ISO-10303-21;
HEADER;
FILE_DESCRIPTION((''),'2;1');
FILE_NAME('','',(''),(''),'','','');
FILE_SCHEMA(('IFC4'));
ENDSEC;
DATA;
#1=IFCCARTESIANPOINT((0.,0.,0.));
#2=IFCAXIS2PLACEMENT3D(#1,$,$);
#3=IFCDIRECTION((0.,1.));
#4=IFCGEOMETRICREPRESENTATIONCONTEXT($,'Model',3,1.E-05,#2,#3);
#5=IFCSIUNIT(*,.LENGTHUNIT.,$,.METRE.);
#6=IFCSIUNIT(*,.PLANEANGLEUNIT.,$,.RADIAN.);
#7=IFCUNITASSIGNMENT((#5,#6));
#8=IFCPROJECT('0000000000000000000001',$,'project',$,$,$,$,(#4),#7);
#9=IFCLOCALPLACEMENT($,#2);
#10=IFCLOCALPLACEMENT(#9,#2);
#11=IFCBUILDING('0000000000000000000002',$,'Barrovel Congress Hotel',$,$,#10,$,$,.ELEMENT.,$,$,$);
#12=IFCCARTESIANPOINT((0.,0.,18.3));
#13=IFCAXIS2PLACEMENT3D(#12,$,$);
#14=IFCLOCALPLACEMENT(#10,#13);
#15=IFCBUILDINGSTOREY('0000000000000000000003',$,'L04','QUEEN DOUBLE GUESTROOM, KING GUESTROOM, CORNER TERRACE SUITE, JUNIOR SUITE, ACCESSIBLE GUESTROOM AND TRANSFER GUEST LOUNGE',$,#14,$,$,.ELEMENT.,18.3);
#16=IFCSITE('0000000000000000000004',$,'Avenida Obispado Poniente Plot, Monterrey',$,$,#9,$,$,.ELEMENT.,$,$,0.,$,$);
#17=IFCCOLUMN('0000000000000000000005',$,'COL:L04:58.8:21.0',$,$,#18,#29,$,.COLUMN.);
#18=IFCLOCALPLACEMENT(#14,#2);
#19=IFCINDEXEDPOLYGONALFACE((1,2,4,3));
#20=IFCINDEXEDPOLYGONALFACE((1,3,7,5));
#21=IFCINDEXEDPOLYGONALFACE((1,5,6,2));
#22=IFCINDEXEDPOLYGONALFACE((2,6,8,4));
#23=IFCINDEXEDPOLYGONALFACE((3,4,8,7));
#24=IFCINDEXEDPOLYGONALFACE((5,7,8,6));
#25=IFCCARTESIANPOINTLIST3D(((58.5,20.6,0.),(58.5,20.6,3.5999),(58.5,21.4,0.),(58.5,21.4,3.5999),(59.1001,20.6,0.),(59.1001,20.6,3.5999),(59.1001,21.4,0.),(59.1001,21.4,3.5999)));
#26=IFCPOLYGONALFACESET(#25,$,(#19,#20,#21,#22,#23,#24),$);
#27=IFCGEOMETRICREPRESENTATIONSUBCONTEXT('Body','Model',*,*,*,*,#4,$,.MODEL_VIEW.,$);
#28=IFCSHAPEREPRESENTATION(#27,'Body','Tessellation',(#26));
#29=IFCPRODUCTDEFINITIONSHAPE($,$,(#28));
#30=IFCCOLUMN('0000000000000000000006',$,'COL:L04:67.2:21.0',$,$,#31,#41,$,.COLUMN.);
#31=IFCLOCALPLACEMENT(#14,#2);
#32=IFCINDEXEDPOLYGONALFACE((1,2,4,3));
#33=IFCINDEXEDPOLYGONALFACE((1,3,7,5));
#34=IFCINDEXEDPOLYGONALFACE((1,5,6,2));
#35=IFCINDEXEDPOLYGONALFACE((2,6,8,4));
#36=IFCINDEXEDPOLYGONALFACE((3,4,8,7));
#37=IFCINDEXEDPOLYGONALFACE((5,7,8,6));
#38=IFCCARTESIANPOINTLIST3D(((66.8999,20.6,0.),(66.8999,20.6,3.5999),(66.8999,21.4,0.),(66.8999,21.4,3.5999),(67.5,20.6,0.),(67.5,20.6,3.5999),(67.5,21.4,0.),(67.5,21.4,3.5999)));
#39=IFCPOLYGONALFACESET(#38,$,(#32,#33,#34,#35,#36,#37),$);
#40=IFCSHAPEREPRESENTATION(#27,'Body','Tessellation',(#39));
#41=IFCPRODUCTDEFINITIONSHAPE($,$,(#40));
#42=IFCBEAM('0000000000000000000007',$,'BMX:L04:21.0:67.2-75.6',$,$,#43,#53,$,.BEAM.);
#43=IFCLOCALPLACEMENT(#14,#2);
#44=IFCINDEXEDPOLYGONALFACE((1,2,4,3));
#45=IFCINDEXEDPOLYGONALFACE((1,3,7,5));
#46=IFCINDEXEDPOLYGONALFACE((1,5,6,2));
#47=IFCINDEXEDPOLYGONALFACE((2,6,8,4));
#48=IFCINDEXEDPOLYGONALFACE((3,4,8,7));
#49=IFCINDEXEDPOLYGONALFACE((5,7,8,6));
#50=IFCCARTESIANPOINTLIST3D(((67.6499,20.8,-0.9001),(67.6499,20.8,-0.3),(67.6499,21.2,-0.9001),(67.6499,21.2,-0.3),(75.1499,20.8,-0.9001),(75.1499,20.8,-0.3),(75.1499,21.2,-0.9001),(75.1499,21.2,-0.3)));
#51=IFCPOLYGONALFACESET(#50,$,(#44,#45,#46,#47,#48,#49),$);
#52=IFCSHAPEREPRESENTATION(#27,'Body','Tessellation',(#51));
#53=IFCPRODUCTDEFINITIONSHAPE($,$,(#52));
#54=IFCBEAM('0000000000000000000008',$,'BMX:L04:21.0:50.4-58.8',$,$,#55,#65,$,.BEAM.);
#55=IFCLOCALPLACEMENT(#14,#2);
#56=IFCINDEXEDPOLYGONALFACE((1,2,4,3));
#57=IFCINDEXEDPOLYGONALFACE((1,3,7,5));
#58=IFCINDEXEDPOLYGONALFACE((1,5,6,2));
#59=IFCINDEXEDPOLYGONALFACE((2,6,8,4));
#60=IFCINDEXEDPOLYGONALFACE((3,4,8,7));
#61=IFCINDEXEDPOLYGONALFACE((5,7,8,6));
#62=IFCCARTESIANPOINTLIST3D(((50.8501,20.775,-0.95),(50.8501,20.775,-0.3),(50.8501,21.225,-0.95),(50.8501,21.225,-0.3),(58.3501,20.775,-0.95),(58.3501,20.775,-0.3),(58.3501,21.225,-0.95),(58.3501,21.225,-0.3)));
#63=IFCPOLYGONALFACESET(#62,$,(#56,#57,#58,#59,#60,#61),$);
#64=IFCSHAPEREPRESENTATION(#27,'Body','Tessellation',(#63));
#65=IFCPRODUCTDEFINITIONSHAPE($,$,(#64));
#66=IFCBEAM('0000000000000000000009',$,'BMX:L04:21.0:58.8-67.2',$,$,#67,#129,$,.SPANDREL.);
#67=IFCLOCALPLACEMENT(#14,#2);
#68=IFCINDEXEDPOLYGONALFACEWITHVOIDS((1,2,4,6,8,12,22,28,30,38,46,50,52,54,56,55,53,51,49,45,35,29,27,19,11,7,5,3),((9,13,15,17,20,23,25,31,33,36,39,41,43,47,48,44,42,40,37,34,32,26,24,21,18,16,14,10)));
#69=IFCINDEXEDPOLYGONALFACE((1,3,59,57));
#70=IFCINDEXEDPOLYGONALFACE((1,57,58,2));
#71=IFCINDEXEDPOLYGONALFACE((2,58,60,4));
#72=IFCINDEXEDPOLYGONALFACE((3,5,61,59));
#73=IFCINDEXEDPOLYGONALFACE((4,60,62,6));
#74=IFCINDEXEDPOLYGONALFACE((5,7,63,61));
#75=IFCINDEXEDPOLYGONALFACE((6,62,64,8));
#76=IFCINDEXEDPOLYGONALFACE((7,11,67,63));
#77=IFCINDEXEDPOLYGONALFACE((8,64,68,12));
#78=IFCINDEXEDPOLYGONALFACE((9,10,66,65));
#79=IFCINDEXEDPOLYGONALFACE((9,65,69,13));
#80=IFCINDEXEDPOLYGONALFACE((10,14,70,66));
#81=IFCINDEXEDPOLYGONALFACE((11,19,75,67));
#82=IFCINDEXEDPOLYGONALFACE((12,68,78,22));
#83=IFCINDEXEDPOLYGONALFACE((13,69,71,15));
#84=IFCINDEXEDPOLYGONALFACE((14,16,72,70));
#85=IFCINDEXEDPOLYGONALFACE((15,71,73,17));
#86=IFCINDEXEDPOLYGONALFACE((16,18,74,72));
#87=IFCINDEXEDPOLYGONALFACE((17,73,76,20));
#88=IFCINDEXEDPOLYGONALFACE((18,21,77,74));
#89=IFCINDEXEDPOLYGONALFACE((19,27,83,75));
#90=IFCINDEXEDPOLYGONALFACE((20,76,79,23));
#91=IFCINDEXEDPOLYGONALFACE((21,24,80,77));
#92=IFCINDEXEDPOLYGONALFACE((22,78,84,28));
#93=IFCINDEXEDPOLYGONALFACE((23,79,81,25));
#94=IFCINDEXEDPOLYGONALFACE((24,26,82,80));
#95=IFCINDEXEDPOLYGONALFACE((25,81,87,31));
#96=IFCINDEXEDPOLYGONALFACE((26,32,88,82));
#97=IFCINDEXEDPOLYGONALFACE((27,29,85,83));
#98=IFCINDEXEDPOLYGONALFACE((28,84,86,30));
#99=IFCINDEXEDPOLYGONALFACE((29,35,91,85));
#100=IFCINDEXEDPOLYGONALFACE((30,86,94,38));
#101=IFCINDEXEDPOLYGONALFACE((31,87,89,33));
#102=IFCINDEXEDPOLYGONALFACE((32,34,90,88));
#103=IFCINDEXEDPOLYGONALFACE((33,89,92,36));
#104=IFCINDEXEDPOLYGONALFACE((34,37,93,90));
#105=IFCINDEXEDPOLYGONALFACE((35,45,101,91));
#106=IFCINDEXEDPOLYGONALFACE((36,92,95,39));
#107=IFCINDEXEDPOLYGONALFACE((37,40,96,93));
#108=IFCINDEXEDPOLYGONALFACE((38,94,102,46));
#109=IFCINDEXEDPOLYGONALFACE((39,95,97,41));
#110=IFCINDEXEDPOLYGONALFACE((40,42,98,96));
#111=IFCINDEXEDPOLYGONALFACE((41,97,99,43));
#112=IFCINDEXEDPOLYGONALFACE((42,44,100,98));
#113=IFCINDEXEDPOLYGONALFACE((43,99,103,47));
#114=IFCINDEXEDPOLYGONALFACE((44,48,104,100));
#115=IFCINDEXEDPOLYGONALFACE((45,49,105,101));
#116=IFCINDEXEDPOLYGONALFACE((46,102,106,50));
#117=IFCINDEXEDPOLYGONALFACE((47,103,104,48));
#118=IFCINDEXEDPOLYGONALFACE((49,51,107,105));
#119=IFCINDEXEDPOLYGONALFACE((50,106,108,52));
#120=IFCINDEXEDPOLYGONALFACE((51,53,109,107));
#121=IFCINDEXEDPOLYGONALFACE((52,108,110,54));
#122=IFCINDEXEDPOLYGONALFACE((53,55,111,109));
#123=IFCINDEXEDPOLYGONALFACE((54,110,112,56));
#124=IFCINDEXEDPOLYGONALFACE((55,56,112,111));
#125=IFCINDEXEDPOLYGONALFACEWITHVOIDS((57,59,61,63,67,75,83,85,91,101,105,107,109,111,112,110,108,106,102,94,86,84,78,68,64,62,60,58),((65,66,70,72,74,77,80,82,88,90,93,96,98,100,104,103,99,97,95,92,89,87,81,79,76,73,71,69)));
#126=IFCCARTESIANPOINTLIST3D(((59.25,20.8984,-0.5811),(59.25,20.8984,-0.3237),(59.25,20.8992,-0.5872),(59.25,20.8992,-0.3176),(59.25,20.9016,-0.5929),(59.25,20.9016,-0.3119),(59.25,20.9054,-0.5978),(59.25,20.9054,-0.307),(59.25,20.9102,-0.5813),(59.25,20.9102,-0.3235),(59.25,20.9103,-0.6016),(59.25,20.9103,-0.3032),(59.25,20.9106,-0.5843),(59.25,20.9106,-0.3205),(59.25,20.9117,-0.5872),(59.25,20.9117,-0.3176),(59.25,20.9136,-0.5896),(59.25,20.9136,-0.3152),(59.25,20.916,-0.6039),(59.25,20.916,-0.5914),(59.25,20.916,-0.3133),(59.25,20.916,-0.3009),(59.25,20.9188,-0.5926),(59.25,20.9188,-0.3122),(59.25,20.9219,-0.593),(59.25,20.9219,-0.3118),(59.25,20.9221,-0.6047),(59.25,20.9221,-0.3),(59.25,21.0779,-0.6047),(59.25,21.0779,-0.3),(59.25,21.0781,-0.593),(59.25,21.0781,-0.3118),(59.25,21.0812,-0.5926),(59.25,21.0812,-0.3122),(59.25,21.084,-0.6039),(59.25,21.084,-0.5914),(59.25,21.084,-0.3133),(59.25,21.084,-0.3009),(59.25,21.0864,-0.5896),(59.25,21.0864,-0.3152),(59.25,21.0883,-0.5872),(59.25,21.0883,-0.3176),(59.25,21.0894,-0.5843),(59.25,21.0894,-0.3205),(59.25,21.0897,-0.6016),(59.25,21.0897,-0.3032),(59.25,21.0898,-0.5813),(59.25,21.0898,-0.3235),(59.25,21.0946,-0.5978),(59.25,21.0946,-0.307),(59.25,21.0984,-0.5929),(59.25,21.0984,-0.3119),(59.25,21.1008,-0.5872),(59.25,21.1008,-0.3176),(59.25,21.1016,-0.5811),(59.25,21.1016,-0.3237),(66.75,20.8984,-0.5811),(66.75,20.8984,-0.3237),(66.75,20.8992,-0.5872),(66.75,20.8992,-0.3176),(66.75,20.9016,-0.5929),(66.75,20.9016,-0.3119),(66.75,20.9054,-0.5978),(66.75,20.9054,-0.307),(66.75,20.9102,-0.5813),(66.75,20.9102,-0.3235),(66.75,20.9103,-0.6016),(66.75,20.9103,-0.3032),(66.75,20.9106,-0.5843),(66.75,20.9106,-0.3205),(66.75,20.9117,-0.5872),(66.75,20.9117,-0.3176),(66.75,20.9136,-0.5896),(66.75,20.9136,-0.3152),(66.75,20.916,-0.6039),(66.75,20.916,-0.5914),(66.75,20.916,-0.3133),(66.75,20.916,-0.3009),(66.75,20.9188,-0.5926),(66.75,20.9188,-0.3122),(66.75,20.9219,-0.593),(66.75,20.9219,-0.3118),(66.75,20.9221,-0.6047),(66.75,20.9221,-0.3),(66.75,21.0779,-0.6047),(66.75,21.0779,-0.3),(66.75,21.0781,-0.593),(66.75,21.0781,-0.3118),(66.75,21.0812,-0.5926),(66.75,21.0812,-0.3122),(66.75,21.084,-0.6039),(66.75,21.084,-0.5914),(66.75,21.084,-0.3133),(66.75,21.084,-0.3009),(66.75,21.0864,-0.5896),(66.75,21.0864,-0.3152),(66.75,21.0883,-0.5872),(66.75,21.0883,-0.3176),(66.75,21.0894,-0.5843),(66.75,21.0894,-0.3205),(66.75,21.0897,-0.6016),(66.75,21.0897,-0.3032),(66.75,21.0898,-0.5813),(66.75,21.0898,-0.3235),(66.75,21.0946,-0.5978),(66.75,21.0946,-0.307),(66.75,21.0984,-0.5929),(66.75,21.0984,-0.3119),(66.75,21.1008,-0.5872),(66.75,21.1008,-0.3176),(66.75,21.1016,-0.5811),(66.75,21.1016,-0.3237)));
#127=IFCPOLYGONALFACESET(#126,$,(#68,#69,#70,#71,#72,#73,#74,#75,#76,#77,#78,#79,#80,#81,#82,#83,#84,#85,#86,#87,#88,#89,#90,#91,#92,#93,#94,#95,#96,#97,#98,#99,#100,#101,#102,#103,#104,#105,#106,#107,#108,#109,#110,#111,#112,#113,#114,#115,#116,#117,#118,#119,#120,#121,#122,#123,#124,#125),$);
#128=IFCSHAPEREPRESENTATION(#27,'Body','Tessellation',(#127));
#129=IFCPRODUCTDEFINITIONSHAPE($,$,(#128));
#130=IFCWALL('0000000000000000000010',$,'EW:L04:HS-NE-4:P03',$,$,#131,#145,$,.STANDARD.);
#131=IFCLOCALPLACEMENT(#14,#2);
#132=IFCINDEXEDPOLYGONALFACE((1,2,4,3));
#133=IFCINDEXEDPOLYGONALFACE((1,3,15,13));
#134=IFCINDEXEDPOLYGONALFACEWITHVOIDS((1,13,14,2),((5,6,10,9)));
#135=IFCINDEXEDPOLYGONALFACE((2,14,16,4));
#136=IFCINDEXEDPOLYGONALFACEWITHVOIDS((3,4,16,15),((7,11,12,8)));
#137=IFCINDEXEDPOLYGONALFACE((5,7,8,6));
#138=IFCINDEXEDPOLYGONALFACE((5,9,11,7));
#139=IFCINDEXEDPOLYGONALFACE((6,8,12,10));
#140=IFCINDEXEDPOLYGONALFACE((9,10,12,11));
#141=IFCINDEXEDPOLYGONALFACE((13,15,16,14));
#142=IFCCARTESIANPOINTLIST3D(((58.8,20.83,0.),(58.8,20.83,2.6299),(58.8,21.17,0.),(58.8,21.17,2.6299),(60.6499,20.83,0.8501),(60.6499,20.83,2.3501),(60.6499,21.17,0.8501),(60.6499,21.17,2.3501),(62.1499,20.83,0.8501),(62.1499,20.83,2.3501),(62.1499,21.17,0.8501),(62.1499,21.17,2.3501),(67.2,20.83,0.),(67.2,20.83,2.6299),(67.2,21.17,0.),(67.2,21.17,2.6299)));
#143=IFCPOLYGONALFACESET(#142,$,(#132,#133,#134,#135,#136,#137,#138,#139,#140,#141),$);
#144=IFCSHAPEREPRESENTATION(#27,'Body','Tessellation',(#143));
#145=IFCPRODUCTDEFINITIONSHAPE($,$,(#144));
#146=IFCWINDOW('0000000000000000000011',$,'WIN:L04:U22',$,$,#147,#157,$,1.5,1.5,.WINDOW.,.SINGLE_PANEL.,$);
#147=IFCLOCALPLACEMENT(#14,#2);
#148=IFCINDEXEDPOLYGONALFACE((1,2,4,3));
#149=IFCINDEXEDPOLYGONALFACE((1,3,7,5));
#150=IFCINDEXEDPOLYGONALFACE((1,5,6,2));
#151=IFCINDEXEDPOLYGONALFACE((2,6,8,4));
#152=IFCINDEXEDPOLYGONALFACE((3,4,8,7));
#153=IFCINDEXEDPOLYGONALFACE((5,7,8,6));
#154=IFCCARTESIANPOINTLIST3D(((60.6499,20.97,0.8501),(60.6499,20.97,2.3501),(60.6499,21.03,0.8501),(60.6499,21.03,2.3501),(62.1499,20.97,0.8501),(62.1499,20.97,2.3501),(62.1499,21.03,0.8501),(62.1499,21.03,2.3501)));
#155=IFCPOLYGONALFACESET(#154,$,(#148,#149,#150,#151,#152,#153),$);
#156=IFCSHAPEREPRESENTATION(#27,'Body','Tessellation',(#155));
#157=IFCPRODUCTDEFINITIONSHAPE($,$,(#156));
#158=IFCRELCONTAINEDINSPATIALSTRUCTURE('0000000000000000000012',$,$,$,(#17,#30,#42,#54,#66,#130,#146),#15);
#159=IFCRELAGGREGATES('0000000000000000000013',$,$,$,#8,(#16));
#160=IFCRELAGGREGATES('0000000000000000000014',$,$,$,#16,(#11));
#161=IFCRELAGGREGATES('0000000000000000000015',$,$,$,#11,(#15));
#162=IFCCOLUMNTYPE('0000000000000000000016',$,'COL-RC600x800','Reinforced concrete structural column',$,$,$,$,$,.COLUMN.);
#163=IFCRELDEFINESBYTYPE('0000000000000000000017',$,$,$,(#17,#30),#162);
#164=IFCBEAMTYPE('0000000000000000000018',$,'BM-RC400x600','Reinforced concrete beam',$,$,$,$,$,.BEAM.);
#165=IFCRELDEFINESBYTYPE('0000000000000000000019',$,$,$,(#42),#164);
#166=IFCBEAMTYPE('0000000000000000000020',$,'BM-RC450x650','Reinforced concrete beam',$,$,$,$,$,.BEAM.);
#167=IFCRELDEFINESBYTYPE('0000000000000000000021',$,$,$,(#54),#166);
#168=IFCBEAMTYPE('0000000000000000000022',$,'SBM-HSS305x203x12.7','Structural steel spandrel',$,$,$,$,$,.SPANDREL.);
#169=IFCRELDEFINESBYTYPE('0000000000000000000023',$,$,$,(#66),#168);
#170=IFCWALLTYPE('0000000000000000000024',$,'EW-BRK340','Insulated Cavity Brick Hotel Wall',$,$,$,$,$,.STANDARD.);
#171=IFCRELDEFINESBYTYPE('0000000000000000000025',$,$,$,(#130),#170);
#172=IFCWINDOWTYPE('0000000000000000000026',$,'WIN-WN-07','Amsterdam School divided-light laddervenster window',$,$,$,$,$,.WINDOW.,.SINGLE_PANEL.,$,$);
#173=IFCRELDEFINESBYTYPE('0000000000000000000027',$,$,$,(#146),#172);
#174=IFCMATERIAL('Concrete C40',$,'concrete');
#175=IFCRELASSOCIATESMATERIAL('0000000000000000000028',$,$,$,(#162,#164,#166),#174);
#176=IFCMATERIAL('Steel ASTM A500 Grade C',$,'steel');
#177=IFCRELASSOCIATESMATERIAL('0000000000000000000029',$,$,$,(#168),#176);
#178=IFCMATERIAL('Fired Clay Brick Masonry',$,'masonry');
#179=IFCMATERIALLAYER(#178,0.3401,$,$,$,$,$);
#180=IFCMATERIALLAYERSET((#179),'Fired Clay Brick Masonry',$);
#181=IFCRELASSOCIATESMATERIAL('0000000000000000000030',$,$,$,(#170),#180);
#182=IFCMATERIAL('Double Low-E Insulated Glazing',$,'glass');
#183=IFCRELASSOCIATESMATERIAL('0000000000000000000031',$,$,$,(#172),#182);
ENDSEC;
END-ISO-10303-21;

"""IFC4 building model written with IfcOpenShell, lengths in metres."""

from ifc_helpers import new_model, si_unit, direction, frame, frame_2d, origin, origin_2d, place, context, subcontext, project, spatial, rectangle, hollow_rectangle, extrude, material, layer, layer_set, material_profile, profile_set, type_object, element, fill, save


model = new_model("IFC4")

# Units and contexts
model_context = context("Model", 3, precision=1e-05, world=origin(), true_north=direction((0.0, 1.0)))
body_context = subcontext(model_context, "Body", "Model", "MODEL_VIEW")
ifc_project = project(units=[si_unit("LENGTHUNIT", "METRE"), si_unit("PLANEANGLEUNIT", "RADIAN")], contexts=[model_context])

# Site, building, storey
site_placement = place(None, origin())
site = spatial("IfcSite", under=ifc_project, at=site_placement, Name="Avenida Obispado Poniente Plot, Monterrey", CompositionType="ELEMENT", RefElevation=0.0)
building_placement = place(site_placement, origin())
building = spatial("IfcBuilding", under=site, at=building_placement, Name="Barrovel Congress Hotel", CompositionType="ELEMENT")
storey_placement = place(building_placement, frame((0.0, 0.0, 18.3)))
storey = spatial("IfcBuildingStorey", under=building, at=storey_placement, Name="L04", Description="QUEEN DOUBLE GUESTROOM, KING GUESTROOM, CORNER TERRACE SUITE, JUNIOR SUITE, ACCESSIBLE GUESTROOM AND TRANSFER GUEST LOUNGE", CompositionType="ELEMENT", Elevation=18.3)

# Columns
ifc_material_1 = material(Name="Concrete C40", Category="concrete")
ifc_material_profile_1 = material_profile(ifc_material_1, rectangle(XDim=0.6001, YDim=0.8, at=origin_2d()), Name="RC600x800")
ifc_profile_set_1 = profile_set([ifc_material_profile_1], Name="Concrete C40")
column_type = type_object("IfcColumnType", Name="COL-RC600x800", Description="Reinforced concrete structural column", PredefinedType="COLUMN", material=ifc_profile_set_1)
for number, where, z_axis, x_axis, name in (
    (1, (58.8, 21.0, 0.0), (0.0, 0.0, 1.0), (1.0, 0.0, 0.0), "COL:L04:58.8:21.0"),
    (2, (67.2, 21.0, 0.0), (0.0, 0.0, 1.0), (1.0, 0.0, 0.0), "COL:L04:67.2:21.0"),
):
    element("IfcColumn", number, at=place(storey_placement, frame(where, z_axis=z_axis, x_axis=x_axis)), inside=storey, type_object=column_type, Name=name, PredefinedType="COLUMN", context=body_context, shape_type="SweptSolid", body=[
        extrude(rectangle(XDim=0.6001, YDim=0.8, at=origin_2d()), origin(), (0.0, 0.0, 1.0), 3.5999),
    ])

# Beams
ifc_material_profile_2 = material_profile(ifc_material_1, rectangle(XDim=0.3999, YDim=0.6001, at=origin_2d()), Name="RC400x600")
ifc_profile_set_2 = profile_set([ifc_material_profile_2], Name="Concrete C40")
beam_type_1 = type_object("IfcBeamType", Name="BM-RC400x600", Description="Reinforced concrete beam", PredefinedType="BEAM", material=ifc_profile_set_2)
beam_1_placement = place(storey_placement, frame((67.6499, 21.0, -0.6001), z_axis=(1.0, 0.0, 0.0), x_axis=(0.0, 1.0, 0.0)))
element("IfcBeam", 3, at=beam_1_placement, inside=storey, type_object=beam_type_1, Name="BMX:L04:21.0:67.2-75.6", PredefinedType="BEAM", context=body_context, shape_type="SweptSolid", body=[
    extrude(rectangle(XDim=0.3999, YDim=0.6001, at=origin_2d()), origin(), (0.0, 0.0, 1.0), 7.5),
])
ifc_material_profile_3 = material_profile(ifc_material_1, rectangle(XDim=0.45, YDim=0.6499, at=origin_2d()), Name="RC450x650")
ifc_profile_set_3 = profile_set([ifc_material_profile_3], Name="Concrete C40")
beam_type_2 = type_object("IfcBeamType", Name="BM-RC450x650", Description="Reinforced concrete beam", PredefinedType="BEAM", material=ifc_profile_set_3)
beam_2_placement = place(storey_placement, frame((50.8501, 21.0, -0.625), z_axis=(1.0, 0.0, 0.0), x_axis=(0.0, 1.0, 0.0)))
element("IfcBeam", 4, at=beam_2_placement, inside=storey, type_object=beam_type_2, Name="BMX:L04:21.0:50.4-58.8", PredefinedType="BEAM", context=body_context, shape_type="SweptSolid", body=[
    extrude(rectangle(XDim=0.45, YDim=0.6499, at=origin_2d()), origin(), (0.0, 0.0, 1.0), 7.5),
])
ifc_material_2 = material(Name="Steel ASTM A500 Grade C", Category="steel")
ifc_material_profile_4 = material_profile(ifc_material_2, hollow_rectangle(XDim=0.2031, YDim=0.3047, WallThickness=0.0117, InnerFilletRadius=0.0117, OuterFilletRadius=0.0237, at=origin_2d()), Name="HSS305x203x12.7")
ifc_profile_set_4 = profile_set([ifc_material_profile_4], Name="Steel ASTM A500 Grade C")
beam_type_3 = type_object("IfcBeamType", Name="SBM-HSS305x203x12.7", Description="Structural steel spandrel", PredefinedType="SPANDREL", material=ifc_profile_set_4)
beam_3_placement = place(storey_placement, frame((59.25, 21.0, -0.4524), z_axis=(1.0, 0.0, 0.0), x_axis=(0.0, 1.0, 0.0)))
element("IfcBeam", 5, at=beam_3_placement, inside=storey, type_object=beam_type_3, Name="BMX:L04:21.0:58.8-67.2", PredefinedType="SPANDREL", context=body_context, shape_type="SweptSolid", body=[
    extrude(hollow_rectangle(XDim=0.2031, YDim=0.3047, WallThickness=0.0117, InnerFilletRadius=0.0117, OuterFilletRadius=0.0237, at=origin_2d()), origin(), (0.0, 0.0, 1.0), 7.5),
])

# Wall, opening, window
ifc_material_3 = material(Name="Fired Clay Brick Masonry", Category="masonry")
ifc_layer_1 = layer(ifc_material_3, 0.3401)
ifc_layer_set_1 = layer_set([ifc_layer_1], Name="Fired Clay Brick Masonry")
wall_type_1 = type_object("IfcWallType", Name="EW-BRK340", Description="Insulated Cavity Brick Hotel Wall", PredefinedType="STANDARD", material=ifc_layer_set_1)
wall_1_placement = place(storey_placement, frame((67.2, 21.0, 0.0), z_axis=(0.0, 0.0, 1.0), x_axis=(-1.0, 0.0, 0.0)))
wall_1 = element("IfcWall", 6, at=wall_1_placement, inside=storey, type_object=wall_type_1, Name="EW:L04:HS-NE-4:P03", PredefinedType="STANDARD", context=body_context, shape_type="SweptSolid", body=[
    extrude(rectangle(XDim=8.3999, YDim=0.3401, at=frame_2d((4.2, 0.0))), origin(), (0.0, 0.0, 1.0), 2.6299),
])
opening_1_placement = place(wall_1_placement, frame((5.05, 0.0, 0.8501)))
opening_1 = element("IfcOpeningElement", 7, at=opening_1_placement, cuts=wall_1, PredefinedType="OPENING", context=body_context, shape_type="SweptSolid", body=[
    extrude(rectangle(XDim=1.5, YDim=1.5, at=frame_2d((0.75, 0.75))), frame((0.0, 0.1802, 0.0), z_axis=(0.0, -1.0, 0.0), x_axis=(1.0, 0.0, 0.0)), (0.0, 0.0, 1.0), 0.3601),
])
ifc_material_4 = material(Name="Double Low-E Insulated Glazing", Category="glass")
window_type = type_object("IfcWindowType", Name="WIN-WN-07", Description="Amsterdam School divided-light laddervenster window", PartitioningType="SINGLE_PANEL", PredefinedType="WINDOW", material=ifc_material_4)
window_1_placement = place(opening_1_placement, origin())
window_1 = element("IfcWindow", 8, at=window_1_placement, inside=storey, type_object=window_type, Name="WIN:L04:U22", OverallHeight=1.5, OverallWidth=1.5, PartitioningType="SINGLE_PANEL", PredefinedType="WINDOW", context=body_context, shape_type="SweptSolid", body=[
    extrude(rectangle(XDim=1.5, YDim=1.5, at=frame_2d((0.75, 0.75))), frame((0.0, 0.03, 0.0), z_axis=(0.0, -1.0, 0.0), x_axis=(1.0, 0.0, 0.0)), (0.0, 0.0, 1.0), 0.0601),
])
fill(opening_1, window_1)

save(model, "model.ifc")
